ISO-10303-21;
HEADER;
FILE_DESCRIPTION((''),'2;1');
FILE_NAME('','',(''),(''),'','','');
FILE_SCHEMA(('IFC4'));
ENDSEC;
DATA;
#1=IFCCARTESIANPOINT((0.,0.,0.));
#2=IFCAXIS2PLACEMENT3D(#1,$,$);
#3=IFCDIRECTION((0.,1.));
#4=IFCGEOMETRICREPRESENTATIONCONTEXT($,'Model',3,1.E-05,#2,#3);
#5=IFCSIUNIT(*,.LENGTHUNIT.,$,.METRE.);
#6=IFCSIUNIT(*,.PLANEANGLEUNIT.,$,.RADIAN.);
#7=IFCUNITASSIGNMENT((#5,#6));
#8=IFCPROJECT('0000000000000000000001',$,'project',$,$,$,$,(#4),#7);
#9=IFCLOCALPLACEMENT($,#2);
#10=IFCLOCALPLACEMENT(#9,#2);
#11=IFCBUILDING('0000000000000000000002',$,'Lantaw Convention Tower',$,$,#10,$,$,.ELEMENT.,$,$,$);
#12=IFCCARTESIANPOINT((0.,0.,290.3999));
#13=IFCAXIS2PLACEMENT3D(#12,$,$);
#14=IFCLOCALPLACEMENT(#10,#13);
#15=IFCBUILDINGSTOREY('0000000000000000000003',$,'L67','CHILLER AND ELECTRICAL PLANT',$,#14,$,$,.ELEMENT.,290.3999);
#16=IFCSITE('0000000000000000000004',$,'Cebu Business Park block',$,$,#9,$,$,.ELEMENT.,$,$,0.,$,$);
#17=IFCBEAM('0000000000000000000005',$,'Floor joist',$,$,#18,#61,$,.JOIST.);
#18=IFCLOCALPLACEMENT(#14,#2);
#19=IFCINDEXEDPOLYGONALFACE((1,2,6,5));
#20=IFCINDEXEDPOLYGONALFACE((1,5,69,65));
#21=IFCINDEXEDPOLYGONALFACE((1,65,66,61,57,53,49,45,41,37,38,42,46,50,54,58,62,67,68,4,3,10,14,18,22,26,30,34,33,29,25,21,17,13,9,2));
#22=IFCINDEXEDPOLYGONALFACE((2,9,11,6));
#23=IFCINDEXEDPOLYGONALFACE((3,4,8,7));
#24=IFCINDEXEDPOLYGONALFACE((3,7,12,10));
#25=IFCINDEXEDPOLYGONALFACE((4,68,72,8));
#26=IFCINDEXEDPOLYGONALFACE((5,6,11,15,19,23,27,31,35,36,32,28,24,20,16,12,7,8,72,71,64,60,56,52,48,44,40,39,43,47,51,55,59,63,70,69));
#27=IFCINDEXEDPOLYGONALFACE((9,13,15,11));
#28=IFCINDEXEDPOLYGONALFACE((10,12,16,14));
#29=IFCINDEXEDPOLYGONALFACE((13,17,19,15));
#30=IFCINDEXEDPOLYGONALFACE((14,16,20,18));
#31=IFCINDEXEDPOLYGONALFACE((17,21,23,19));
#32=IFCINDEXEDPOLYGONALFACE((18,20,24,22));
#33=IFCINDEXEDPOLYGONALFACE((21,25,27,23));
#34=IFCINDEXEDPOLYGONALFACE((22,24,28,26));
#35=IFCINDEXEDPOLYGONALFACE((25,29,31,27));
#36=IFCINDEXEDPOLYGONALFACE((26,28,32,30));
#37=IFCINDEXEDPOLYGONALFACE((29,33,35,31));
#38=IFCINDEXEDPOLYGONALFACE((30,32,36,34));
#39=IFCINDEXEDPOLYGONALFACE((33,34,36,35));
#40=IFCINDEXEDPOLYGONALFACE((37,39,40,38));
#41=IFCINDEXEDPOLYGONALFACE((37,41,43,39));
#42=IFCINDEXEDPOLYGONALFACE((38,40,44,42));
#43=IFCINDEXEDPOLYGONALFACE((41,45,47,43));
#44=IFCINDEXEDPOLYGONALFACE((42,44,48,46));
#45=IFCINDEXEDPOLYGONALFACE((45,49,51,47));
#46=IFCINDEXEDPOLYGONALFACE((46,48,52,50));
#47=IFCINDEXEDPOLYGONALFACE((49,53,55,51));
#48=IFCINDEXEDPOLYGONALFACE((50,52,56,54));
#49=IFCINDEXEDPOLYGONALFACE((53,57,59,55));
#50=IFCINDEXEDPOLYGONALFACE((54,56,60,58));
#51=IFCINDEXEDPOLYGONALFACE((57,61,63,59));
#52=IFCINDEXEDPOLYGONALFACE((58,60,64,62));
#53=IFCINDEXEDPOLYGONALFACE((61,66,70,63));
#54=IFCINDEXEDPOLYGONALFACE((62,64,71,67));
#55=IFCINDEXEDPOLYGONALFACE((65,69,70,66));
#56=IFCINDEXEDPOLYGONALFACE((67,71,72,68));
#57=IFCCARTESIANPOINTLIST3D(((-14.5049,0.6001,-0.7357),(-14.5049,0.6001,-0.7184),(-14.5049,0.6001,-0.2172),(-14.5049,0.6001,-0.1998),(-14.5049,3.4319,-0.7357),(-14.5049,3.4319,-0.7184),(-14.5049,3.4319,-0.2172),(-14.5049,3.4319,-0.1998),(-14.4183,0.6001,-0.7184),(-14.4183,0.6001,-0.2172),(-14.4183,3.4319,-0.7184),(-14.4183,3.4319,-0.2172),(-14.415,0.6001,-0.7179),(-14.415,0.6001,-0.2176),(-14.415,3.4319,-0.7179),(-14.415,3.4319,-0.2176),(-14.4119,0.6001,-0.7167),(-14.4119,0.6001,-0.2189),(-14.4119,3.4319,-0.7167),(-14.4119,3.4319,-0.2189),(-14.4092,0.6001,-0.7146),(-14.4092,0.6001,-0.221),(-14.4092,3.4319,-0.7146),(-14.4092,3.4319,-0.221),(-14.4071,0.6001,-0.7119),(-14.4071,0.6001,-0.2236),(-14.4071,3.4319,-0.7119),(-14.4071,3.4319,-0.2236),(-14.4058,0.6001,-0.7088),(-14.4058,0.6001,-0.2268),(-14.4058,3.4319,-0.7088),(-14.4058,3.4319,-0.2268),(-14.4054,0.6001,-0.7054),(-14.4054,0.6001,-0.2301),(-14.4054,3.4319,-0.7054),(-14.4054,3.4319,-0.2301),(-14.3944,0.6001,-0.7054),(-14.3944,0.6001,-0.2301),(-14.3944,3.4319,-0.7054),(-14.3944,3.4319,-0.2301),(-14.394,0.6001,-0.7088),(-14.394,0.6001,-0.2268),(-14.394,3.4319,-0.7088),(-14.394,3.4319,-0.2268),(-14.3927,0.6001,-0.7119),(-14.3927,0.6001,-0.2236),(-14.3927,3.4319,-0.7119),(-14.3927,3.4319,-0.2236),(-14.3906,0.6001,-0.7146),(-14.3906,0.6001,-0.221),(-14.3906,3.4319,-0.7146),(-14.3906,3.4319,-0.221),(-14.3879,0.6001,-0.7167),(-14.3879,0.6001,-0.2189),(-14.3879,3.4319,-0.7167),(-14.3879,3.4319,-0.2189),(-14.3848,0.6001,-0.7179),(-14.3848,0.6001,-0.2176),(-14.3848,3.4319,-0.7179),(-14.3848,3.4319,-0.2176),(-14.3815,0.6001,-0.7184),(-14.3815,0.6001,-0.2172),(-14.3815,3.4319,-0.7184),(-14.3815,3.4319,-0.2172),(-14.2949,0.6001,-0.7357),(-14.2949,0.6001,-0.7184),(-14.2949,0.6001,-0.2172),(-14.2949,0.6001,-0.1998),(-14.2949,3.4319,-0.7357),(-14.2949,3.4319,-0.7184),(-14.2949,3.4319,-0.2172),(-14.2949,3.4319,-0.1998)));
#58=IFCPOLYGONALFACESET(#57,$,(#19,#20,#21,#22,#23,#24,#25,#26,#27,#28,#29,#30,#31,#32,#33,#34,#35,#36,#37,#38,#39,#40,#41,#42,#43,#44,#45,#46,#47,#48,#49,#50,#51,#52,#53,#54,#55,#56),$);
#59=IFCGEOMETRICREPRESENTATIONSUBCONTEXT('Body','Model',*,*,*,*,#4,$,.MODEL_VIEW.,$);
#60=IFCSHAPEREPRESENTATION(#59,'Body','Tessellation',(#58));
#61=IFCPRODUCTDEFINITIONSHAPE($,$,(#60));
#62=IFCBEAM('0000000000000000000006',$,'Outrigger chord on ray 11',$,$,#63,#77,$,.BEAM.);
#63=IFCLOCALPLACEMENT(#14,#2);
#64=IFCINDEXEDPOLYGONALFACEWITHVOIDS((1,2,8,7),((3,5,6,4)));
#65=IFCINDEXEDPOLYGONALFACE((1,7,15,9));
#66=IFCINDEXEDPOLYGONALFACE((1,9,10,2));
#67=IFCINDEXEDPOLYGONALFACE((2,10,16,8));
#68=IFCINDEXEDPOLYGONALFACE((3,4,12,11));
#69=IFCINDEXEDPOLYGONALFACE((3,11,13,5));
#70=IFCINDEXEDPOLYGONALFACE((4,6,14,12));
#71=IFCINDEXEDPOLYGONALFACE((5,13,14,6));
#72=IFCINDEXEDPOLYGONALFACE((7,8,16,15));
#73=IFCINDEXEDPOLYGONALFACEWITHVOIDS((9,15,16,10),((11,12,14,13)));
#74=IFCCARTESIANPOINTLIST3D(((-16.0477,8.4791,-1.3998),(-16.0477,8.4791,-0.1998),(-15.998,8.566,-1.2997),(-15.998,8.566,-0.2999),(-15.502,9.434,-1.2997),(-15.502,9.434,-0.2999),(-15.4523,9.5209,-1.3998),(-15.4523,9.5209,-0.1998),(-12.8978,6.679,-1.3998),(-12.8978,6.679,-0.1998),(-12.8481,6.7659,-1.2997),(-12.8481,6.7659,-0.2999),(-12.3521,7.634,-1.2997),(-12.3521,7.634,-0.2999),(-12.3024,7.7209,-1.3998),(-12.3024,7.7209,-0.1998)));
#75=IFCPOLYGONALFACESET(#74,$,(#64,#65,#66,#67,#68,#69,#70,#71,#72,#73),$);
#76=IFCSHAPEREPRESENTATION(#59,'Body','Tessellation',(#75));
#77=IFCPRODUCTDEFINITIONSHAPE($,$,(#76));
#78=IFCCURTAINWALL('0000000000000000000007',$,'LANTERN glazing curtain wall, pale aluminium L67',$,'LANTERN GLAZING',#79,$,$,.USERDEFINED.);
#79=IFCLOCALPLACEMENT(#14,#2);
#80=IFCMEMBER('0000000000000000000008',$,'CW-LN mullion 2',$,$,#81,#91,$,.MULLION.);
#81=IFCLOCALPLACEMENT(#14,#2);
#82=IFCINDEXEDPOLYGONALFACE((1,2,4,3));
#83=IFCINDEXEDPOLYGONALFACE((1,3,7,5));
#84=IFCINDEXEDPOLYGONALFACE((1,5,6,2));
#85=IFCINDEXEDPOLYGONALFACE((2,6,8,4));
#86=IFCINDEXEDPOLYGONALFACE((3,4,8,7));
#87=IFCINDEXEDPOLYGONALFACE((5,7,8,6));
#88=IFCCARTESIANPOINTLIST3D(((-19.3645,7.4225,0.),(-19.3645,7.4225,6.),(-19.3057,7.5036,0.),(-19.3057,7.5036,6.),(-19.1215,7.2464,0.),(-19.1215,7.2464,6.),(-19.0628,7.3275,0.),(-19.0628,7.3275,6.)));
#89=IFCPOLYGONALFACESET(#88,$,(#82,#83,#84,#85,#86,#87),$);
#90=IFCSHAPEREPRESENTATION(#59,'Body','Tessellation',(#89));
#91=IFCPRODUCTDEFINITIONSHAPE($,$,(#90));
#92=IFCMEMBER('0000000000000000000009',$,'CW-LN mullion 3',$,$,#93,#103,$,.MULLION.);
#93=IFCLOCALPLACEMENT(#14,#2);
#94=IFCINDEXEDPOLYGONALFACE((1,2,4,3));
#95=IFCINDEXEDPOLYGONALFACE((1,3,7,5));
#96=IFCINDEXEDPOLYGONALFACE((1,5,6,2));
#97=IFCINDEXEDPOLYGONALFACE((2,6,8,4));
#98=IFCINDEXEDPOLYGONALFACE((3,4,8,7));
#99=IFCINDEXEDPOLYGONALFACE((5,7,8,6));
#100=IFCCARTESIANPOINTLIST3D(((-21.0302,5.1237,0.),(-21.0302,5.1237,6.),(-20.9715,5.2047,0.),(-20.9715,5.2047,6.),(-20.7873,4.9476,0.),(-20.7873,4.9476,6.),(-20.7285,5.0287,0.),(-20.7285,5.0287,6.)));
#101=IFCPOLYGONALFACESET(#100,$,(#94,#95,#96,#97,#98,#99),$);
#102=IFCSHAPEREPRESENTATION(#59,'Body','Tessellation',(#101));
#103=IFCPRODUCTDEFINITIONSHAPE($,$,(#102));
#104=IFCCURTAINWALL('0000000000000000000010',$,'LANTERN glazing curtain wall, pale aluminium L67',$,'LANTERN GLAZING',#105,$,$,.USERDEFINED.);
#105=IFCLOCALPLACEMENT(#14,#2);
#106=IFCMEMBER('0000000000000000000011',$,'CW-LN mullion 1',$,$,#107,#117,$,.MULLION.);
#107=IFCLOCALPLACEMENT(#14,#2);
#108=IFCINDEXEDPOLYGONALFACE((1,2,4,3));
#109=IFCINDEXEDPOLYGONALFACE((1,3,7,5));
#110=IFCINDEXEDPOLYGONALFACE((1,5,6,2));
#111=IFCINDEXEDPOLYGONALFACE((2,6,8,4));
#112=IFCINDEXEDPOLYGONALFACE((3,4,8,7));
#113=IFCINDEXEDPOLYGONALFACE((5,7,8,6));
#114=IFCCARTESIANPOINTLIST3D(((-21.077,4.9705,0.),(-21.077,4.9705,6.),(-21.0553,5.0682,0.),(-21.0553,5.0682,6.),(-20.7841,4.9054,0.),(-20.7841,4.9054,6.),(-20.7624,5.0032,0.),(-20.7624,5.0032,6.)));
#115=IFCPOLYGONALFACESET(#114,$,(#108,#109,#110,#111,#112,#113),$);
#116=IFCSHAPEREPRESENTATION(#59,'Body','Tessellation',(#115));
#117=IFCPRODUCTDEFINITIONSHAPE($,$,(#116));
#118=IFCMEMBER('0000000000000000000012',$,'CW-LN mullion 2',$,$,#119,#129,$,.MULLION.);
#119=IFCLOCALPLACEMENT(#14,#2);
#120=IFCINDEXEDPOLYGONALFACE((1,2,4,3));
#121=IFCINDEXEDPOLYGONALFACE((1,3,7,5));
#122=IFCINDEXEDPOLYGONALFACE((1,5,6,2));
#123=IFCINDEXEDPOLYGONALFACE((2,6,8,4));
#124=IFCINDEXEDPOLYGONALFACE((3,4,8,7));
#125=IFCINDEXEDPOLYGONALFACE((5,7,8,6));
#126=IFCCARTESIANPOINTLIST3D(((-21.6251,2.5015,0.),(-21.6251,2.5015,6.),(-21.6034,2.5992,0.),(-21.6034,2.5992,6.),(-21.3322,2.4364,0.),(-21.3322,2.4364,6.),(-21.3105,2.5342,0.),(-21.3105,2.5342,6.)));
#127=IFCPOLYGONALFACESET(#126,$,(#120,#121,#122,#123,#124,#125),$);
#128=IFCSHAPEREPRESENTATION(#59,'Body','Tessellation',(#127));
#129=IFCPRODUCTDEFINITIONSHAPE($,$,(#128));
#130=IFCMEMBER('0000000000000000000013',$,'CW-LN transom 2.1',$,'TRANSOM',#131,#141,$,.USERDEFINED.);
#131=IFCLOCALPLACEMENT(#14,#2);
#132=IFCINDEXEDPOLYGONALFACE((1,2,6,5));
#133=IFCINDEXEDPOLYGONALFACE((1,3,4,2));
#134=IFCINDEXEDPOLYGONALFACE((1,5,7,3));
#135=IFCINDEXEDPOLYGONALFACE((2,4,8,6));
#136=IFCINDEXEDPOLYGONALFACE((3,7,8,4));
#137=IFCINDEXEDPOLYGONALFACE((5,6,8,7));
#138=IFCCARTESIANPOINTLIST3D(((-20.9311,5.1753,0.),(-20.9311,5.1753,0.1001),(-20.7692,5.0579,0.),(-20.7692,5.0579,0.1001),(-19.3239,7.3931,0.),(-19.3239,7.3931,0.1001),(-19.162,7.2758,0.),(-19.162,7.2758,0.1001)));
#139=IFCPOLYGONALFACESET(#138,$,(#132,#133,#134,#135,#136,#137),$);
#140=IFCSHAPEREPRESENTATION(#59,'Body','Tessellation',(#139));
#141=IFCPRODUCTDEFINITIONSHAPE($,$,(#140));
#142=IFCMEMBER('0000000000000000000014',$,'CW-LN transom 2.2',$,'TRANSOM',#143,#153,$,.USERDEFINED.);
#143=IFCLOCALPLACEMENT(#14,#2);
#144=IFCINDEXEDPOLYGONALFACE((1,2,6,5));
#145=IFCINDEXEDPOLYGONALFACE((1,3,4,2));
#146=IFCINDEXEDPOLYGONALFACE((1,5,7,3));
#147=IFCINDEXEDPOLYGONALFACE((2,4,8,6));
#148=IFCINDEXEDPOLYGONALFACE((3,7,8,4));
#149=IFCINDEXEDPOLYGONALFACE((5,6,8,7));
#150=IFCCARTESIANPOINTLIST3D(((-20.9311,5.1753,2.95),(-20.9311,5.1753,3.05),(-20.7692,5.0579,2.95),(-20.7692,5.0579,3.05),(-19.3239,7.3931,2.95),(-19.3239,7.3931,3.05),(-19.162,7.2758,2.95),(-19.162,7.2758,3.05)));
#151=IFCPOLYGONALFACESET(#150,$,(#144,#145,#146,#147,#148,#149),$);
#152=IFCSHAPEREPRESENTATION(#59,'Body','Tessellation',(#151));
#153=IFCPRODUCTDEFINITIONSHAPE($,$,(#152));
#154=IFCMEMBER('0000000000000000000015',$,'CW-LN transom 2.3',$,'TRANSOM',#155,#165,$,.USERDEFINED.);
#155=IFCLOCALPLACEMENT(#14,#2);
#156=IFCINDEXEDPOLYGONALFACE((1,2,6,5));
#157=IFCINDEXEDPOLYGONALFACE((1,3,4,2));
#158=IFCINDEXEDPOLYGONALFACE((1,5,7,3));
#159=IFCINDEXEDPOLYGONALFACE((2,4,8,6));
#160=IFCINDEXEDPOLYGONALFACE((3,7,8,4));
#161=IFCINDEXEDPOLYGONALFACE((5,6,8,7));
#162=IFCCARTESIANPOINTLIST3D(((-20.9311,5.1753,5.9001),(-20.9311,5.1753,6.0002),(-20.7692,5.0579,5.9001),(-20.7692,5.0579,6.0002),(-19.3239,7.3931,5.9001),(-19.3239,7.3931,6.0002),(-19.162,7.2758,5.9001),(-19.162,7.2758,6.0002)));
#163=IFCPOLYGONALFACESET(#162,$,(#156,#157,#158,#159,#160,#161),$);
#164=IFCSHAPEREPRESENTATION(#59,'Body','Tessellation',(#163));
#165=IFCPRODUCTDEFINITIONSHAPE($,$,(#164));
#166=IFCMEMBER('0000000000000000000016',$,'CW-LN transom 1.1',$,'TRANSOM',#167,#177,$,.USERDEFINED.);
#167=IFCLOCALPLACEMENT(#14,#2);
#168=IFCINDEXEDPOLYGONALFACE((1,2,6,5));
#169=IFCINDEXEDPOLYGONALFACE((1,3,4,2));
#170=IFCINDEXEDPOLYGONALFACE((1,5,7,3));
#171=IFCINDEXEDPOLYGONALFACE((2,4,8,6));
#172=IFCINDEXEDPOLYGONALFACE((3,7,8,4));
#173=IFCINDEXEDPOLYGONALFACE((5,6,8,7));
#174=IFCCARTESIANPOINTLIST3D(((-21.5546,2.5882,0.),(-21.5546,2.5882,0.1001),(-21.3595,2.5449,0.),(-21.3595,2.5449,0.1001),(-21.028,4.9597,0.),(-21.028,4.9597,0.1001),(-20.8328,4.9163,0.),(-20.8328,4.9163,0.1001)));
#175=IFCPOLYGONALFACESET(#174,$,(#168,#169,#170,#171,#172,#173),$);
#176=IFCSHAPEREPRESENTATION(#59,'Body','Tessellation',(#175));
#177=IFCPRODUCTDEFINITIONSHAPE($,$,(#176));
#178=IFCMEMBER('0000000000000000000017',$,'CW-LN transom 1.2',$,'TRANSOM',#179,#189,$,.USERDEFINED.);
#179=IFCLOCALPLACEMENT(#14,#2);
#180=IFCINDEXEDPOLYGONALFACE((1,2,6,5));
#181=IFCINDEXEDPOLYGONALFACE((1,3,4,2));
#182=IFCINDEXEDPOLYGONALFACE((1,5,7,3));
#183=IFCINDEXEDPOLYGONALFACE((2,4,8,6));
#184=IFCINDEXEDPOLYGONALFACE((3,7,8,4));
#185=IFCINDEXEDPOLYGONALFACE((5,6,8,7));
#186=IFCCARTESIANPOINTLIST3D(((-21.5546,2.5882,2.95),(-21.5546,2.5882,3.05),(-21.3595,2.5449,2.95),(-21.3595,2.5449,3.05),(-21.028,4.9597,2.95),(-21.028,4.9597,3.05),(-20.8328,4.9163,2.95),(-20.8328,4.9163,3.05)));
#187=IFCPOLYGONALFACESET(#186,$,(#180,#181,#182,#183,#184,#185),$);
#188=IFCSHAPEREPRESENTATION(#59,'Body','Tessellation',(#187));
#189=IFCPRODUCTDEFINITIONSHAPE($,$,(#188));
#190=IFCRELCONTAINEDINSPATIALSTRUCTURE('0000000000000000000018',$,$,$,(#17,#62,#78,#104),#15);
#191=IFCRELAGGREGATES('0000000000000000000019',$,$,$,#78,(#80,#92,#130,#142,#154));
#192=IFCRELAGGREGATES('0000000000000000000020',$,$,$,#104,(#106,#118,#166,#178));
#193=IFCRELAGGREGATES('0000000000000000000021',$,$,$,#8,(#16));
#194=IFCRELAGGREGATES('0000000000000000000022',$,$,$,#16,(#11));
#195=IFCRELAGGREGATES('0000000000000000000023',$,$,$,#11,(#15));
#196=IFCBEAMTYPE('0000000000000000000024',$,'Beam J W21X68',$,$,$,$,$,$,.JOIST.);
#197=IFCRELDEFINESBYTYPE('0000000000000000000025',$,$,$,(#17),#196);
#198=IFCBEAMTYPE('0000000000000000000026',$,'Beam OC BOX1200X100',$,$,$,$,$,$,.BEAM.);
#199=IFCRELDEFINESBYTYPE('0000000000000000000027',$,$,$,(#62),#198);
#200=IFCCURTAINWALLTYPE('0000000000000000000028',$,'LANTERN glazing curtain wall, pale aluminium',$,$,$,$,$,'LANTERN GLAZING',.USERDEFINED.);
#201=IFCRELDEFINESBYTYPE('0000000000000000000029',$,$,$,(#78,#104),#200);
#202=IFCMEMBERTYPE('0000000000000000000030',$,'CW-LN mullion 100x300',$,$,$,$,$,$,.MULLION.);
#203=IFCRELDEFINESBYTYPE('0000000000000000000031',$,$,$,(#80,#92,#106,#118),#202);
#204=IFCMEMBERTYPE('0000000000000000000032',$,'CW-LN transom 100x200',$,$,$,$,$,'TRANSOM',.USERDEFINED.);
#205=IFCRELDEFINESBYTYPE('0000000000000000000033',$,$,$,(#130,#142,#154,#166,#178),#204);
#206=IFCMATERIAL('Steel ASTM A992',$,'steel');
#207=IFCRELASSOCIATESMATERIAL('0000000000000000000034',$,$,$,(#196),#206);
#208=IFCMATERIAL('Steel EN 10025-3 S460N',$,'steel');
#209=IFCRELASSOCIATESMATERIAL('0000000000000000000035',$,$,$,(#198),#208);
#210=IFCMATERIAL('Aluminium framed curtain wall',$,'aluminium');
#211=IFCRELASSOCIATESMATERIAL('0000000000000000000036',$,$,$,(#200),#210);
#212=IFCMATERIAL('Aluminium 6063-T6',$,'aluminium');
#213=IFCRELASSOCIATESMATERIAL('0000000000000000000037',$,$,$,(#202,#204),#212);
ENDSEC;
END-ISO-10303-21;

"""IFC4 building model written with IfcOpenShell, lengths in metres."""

from ifc_helpers import new_model, si_unit, direction, frame, origin, origin_2d, place, context, subcontext, project, spatial, rectangle, hollow_rectangle, i_section, extrude, material, material_profile, profile_set, type_object, element, aggregate, save


model = new_model("IFC4")

# Units and contexts
model_context = context("Model", 3, precision=1e-05, world=origin(), true_north=direction((0.0, 1.0)))
body_context = subcontext(model_context, "Body", "Model", "MODEL_VIEW")
ifc_project = project(units=[si_unit("LENGTHUNIT", "METRE"), si_unit("PLANEANGLEUNIT", "RADIAN")], contexts=[model_context])

# Site, building, storey
site_placement = place(None, origin())
site = spatial("IfcSite", under=ifc_project, at=site_placement, Name="Cebu Business Park block", CompositionType="ELEMENT", RefElevation=0.0)
building_placement = place(site_placement, origin())
building = spatial("IfcBuilding", under=site, at=building_placement, Name="Lantaw Convention Tower", CompositionType="ELEMENT")
storey_placement = place(building_placement, frame((0.0, 0.0, 290.3999)))
storey = spatial("IfcBuildingStorey", under=building, at=storey_placement, Name="L67", Description="CHILLER AND ELECTRICAL PLANT", CompositionType="ELEMENT", Elevation=290.3999)

# Beams
ifc_material_1 = material(Name="Steel ASTM A992", Category="steel")
ifc_material_profile_1 = material_profile(ifc_material_1, i_section(OverallWidth=0.21, OverallDepth=0.5359, WebThickness=0.011, FlangeThickness=0.0173, FilletRadius=0.0129, at=origin_2d()), Name="W21X68")
ifc_profile_set_1 = profile_set([ifc_material_profile_1], Name="Steel ASTM A992")
beam_type_1 = type_object("IfcBeamType", Name="Beam J W21X68", PredefinedType="JOIST", material=ifc_profile_set_1)
beam_1_placement = place(storey_placement, frame((-14.3999, 0.6001, -0.4678), z_axis=(0.0, 1.0, 0.0), x_axis=(-1.0, 0.0, 0.0)))
element("IfcBeam", 1, at=beam_1_placement, inside=storey, type_object=beam_type_1, Name="Floor joist", PredefinedType="JOIST", context=body_context, shape_type="SweptSolid", body=[
    extrude(i_section(OverallWidth=0.21, OverallDepth=0.5359, WebThickness=0.011, FlangeThickness=0.0173, FilletRadius=0.0129, at=origin_2d()), origin(), (0.0, 0.0, 1.0), 2.8318),
])
ifc_material_2 = material(Name="Steel EN 10025-3 S460N", Category="steel")
ifc_material_profile_2 = material_profile(ifc_material_2, hollow_rectangle(XDim=1.2, YDim=1.2, WallThickness=0.1001, at=origin_2d()), Name="BOX1200X100")
ifc_profile_set_2 = profile_set([ifc_material_profile_2], Name="Steel EN 10025-3 S460N")
beam_type_2 = type_object("IfcBeamType", Name="Beam OC BOX1200X100", PredefinedType="BEAM", material=ifc_profile_set_2)
beam_2_placement = place(storey_placement, frame((-12.6001, 7.2, -0.7998), z_axis=(-0.868231, 0.496161, 0.0), x_axis=(-0.496161, -0.868231, 0.0)))
element("IfcBeam", 2, at=beam_2_placement, inside=storey, type_object=beam_type_2, Name="Outrigger chord on ray 11", PredefinedType="BEAM", context=body_context, shape_type="SweptSolid", body=[
    extrude(hollow_rectangle(XDim=1.2, YDim=1.2, WallThickness=0.1001, at=origin_2d()), origin(), (0.0, 0.0, 1.0), 3.6279),
])

# Curtain walls, members
ifc_material_3 = material(Name="Aluminium framed curtain wall", Category="aluminium")
curtain_wall_type = type_object("IfcCurtainWallType", Name="LANTERN glazing curtain wall, pale aluminium", ElementType="LANTERN GLAZING", PredefinedType="USERDEFINED", material=ifc_material_3)
curtain_wall_1_placement = place(storey_placement, origin())
curtain_wall_1 = element("IfcCurtainWall", 3, at=curtain_wall_1_placement, inside=storey, type_object=curtain_wall_type, Name="LANTERN glazing curtain wall, pale aluminium L67", ObjectType="LANTERN GLAZING", PredefinedType="USERDEFINED")
ifc_material_4 = material(Name="Aluminium 6063-T6", Category="aluminium")
ifc_material_profile_3 = material_profile(ifc_material_4, rectangle(XDim=0.3, YDim=0.1001, at=origin_2d()), Name="CW-LN mullion 100x300")
ifc_profile_set_3 = profile_set([ifc_material_profile_3], Name="Aluminium 6063-T6")
member_type_1 = type_object("IfcMemberType", Name="CW-LN mullion 100x300", PredefinedType="MULLION", material=ifc_profile_set_3)
member_1_placement = place(storey_placement, frame((-19.2136, 7.375, 0.0), z_axis=(0.0, 0.0, 1.0), x_axis=(0.809742, -0.586786, 0.0)))
member_1 = element("IfcMember", 4, at=member_1_placement, type_object=member_type_1, Name="CW-LN mullion 2", PredefinedType="MULLION", context=body_context, shape_type="SweptSolid", body=[
    extrude(rectangle(XDim=0.3, YDim=0.1001, at=origin_2d()), origin(), (0.0, 0.0, 1.0), 6.0),
])
member_2_placement = place(storey_placement, frame((-20.8794, 5.0762, 0.0), z_axis=(0.0, 0.0, 1.0), x_axis=(0.809742, -0.586786, 0.0)))
member_2 = element("IfcMember", 5, at=member_2_placement, type_object=member_type_1, Name="CW-LN mullion 3", PredefinedType="MULLION", context=body_context, shape_type="SweptSolid", body=[
    extrude(rectangle(XDim=0.3, YDim=0.1001, at=origin_2d()), origin(), (0.0, 0.0, 1.0), 6.0),
])
curtain_wall_2_placement = place(storey_placement, origin())
curtain_wall_2 = element("IfcCurtainWall", 6, at=curtain_wall_2_placement, inside=storey, type_object=curtain_wall_type, Name="LANTERN glazing curtain wall, pale aluminium L67", ObjectType="LANTERN GLAZING", PredefinedType="USERDEFINED")
member_3_placement = place(storey_placement, frame((-20.9197, 4.9868, 0.0), z_axis=(0.0, 0.0, 1.0), x_axis=(0.976224, -0.216765, 0.0)))
member_3 = element("IfcMember", 7, at=member_3_placement, type_object=member_type_1, Name="CW-LN mullion 1", PredefinedType="MULLION", context=body_context, shape_type="SweptSolid", body=[
    extrude(rectangle(XDim=0.3, YDim=0.1001, at=origin_2d()), origin(), (0.0, 0.0, 1.0), 6.0),
])
member_4_placement = place(storey_placement, frame((-21.4678, 2.5178, 0.0), z_axis=(0.0, 0.0, 1.0), x_axis=(0.976224, -0.216765, 0.0)))
member_4 = element("IfcMember", 8, at=member_4_placement, type_object=member_type_1, Name="CW-LN mullion 2", PredefinedType="MULLION", context=body_context, shape_type="SweptSolid", body=[
    extrude(rectangle(XDim=0.3, YDim=0.1001, at=origin_2d()), origin(), (0.0, 0.0, 1.0), 6.0),
])

# Members
ifc_material_profile_4 = material_profile(ifc_material_4, rectangle(XDim=0.2, YDim=0.1001, at=origin_2d()), Name="CW-LN transom 100x200")
ifc_profile_set_4 = profile_set([ifc_material_profile_4], Name="Aluminium 6063-T6")
member_type_2 = type_object("IfcMemberType", Name="CW-LN transom 100x200", ElementType="TRANSOM", PredefinedType="USERDEFINED", material=ifc_profile_set_4)
member_5_placement = place(storey_placement, frame((-19.2429, 7.3345, 0.05), z_axis=(-0.586798, -0.809733, 0.0), x_axis=(0.809733, -0.586798, 0.0)))
member_5 = element("IfcMember", 9, at=member_5_placement, type_object=member_type_2, Name="CW-LN transom 2.1", ObjectType="TRANSOM", PredefinedType="USERDEFINED", context=body_context, shape_type="SweptSolid", body=[
    extrude(rectangle(XDim=0.2, YDim=0.1001, at=origin_2d()), origin(), (0.0, 0.0, 1.0), 2.739),
])
member_6_placement = place(storey_placement, frame((-19.2429, 7.3345, 3.0), z_axis=(-0.586798, -0.809733, 0.0), x_axis=(0.809733, -0.586798, 0.0)))
member_6 = element("IfcMember", 10, at=member_6_placement, type_object=member_type_2, Name="CW-LN transom 2.2", ObjectType="TRANSOM", PredefinedType="USERDEFINED", context=body_context, shape_type="SweptSolid", body=[
    extrude(rectangle(XDim=0.2, YDim=0.1001, at=origin_2d()), origin(), (0.0, 0.0, 1.0), 2.739),
])
member_7_placement = place(storey_placement, frame((-19.2429, 7.3345, 5.9502), z_axis=(-0.586798, -0.809733, 0.0), x_axis=(0.809733, -0.586798, 0.0)))
member_7 = element("IfcMember", 11, at=member_7_placement, type_object=member_type_2, Name="CW-LN transom 2.3", ObjectType="TRANSOM", PredefinedType="USERDEFINED", context=body_context, shape_type="SweptSolid", body=[
    extrude(rectangle(XDim=0.2, YDim=0.1001, at=origin_2d()), origin(), (0.0, 0.0, 1.0), 2.739),
])
member_8_placement = place(storey_placement, frame((-20.9304, 4.938, 0.05), z_axis=(-0.216792, -0.976218, 0.0), x_axis=(0.976218, -0.216792, 0.0)))
member_8 = element("IfcMember", 12, at=member_8_placement, type_object=member_type_2, Name="CW-LN transom 1.1", ObjectType="TRANSOM", PredefinedType="USERDEFINED", context=body_context, shape_type="SweptSolid", body=[
    extrude(rectangle(XDim=0.2, YDim=0.1001, at=origin_2d()), origin(), (0.0, 0.0, 1.0), 2.4292),
])
member_9_placement = place(storey_placement, frame((-20.9304, 4.938, 3.0), z_axis=(-0.216792, -0.976218, 0.0), x_axis=(0.976218, -0.216792, 0.0)))
member_9 = element("IfcMember", 13, at=member_9_placement, type_object=member_type_2, Name="CW-LN transom 1.2", ObjectType="TRANSOM", PredefinedType="USERDEFINED", context=body_context, shape_type="SweptSolid", body=[
    extrude(rectangle(XDim=0.2, YDim=0.1001, at=origin_2d()), origin(), (0.0, 0.0, 1.0), 2.4292),
])

aggregate(curtain_wall_1, [member_1, member_2, member_5, member_6, member_7])
aggregate(curtain_wall_2, [member_3, member_4, member_8, member_9])

save(model, "model.ifc")
